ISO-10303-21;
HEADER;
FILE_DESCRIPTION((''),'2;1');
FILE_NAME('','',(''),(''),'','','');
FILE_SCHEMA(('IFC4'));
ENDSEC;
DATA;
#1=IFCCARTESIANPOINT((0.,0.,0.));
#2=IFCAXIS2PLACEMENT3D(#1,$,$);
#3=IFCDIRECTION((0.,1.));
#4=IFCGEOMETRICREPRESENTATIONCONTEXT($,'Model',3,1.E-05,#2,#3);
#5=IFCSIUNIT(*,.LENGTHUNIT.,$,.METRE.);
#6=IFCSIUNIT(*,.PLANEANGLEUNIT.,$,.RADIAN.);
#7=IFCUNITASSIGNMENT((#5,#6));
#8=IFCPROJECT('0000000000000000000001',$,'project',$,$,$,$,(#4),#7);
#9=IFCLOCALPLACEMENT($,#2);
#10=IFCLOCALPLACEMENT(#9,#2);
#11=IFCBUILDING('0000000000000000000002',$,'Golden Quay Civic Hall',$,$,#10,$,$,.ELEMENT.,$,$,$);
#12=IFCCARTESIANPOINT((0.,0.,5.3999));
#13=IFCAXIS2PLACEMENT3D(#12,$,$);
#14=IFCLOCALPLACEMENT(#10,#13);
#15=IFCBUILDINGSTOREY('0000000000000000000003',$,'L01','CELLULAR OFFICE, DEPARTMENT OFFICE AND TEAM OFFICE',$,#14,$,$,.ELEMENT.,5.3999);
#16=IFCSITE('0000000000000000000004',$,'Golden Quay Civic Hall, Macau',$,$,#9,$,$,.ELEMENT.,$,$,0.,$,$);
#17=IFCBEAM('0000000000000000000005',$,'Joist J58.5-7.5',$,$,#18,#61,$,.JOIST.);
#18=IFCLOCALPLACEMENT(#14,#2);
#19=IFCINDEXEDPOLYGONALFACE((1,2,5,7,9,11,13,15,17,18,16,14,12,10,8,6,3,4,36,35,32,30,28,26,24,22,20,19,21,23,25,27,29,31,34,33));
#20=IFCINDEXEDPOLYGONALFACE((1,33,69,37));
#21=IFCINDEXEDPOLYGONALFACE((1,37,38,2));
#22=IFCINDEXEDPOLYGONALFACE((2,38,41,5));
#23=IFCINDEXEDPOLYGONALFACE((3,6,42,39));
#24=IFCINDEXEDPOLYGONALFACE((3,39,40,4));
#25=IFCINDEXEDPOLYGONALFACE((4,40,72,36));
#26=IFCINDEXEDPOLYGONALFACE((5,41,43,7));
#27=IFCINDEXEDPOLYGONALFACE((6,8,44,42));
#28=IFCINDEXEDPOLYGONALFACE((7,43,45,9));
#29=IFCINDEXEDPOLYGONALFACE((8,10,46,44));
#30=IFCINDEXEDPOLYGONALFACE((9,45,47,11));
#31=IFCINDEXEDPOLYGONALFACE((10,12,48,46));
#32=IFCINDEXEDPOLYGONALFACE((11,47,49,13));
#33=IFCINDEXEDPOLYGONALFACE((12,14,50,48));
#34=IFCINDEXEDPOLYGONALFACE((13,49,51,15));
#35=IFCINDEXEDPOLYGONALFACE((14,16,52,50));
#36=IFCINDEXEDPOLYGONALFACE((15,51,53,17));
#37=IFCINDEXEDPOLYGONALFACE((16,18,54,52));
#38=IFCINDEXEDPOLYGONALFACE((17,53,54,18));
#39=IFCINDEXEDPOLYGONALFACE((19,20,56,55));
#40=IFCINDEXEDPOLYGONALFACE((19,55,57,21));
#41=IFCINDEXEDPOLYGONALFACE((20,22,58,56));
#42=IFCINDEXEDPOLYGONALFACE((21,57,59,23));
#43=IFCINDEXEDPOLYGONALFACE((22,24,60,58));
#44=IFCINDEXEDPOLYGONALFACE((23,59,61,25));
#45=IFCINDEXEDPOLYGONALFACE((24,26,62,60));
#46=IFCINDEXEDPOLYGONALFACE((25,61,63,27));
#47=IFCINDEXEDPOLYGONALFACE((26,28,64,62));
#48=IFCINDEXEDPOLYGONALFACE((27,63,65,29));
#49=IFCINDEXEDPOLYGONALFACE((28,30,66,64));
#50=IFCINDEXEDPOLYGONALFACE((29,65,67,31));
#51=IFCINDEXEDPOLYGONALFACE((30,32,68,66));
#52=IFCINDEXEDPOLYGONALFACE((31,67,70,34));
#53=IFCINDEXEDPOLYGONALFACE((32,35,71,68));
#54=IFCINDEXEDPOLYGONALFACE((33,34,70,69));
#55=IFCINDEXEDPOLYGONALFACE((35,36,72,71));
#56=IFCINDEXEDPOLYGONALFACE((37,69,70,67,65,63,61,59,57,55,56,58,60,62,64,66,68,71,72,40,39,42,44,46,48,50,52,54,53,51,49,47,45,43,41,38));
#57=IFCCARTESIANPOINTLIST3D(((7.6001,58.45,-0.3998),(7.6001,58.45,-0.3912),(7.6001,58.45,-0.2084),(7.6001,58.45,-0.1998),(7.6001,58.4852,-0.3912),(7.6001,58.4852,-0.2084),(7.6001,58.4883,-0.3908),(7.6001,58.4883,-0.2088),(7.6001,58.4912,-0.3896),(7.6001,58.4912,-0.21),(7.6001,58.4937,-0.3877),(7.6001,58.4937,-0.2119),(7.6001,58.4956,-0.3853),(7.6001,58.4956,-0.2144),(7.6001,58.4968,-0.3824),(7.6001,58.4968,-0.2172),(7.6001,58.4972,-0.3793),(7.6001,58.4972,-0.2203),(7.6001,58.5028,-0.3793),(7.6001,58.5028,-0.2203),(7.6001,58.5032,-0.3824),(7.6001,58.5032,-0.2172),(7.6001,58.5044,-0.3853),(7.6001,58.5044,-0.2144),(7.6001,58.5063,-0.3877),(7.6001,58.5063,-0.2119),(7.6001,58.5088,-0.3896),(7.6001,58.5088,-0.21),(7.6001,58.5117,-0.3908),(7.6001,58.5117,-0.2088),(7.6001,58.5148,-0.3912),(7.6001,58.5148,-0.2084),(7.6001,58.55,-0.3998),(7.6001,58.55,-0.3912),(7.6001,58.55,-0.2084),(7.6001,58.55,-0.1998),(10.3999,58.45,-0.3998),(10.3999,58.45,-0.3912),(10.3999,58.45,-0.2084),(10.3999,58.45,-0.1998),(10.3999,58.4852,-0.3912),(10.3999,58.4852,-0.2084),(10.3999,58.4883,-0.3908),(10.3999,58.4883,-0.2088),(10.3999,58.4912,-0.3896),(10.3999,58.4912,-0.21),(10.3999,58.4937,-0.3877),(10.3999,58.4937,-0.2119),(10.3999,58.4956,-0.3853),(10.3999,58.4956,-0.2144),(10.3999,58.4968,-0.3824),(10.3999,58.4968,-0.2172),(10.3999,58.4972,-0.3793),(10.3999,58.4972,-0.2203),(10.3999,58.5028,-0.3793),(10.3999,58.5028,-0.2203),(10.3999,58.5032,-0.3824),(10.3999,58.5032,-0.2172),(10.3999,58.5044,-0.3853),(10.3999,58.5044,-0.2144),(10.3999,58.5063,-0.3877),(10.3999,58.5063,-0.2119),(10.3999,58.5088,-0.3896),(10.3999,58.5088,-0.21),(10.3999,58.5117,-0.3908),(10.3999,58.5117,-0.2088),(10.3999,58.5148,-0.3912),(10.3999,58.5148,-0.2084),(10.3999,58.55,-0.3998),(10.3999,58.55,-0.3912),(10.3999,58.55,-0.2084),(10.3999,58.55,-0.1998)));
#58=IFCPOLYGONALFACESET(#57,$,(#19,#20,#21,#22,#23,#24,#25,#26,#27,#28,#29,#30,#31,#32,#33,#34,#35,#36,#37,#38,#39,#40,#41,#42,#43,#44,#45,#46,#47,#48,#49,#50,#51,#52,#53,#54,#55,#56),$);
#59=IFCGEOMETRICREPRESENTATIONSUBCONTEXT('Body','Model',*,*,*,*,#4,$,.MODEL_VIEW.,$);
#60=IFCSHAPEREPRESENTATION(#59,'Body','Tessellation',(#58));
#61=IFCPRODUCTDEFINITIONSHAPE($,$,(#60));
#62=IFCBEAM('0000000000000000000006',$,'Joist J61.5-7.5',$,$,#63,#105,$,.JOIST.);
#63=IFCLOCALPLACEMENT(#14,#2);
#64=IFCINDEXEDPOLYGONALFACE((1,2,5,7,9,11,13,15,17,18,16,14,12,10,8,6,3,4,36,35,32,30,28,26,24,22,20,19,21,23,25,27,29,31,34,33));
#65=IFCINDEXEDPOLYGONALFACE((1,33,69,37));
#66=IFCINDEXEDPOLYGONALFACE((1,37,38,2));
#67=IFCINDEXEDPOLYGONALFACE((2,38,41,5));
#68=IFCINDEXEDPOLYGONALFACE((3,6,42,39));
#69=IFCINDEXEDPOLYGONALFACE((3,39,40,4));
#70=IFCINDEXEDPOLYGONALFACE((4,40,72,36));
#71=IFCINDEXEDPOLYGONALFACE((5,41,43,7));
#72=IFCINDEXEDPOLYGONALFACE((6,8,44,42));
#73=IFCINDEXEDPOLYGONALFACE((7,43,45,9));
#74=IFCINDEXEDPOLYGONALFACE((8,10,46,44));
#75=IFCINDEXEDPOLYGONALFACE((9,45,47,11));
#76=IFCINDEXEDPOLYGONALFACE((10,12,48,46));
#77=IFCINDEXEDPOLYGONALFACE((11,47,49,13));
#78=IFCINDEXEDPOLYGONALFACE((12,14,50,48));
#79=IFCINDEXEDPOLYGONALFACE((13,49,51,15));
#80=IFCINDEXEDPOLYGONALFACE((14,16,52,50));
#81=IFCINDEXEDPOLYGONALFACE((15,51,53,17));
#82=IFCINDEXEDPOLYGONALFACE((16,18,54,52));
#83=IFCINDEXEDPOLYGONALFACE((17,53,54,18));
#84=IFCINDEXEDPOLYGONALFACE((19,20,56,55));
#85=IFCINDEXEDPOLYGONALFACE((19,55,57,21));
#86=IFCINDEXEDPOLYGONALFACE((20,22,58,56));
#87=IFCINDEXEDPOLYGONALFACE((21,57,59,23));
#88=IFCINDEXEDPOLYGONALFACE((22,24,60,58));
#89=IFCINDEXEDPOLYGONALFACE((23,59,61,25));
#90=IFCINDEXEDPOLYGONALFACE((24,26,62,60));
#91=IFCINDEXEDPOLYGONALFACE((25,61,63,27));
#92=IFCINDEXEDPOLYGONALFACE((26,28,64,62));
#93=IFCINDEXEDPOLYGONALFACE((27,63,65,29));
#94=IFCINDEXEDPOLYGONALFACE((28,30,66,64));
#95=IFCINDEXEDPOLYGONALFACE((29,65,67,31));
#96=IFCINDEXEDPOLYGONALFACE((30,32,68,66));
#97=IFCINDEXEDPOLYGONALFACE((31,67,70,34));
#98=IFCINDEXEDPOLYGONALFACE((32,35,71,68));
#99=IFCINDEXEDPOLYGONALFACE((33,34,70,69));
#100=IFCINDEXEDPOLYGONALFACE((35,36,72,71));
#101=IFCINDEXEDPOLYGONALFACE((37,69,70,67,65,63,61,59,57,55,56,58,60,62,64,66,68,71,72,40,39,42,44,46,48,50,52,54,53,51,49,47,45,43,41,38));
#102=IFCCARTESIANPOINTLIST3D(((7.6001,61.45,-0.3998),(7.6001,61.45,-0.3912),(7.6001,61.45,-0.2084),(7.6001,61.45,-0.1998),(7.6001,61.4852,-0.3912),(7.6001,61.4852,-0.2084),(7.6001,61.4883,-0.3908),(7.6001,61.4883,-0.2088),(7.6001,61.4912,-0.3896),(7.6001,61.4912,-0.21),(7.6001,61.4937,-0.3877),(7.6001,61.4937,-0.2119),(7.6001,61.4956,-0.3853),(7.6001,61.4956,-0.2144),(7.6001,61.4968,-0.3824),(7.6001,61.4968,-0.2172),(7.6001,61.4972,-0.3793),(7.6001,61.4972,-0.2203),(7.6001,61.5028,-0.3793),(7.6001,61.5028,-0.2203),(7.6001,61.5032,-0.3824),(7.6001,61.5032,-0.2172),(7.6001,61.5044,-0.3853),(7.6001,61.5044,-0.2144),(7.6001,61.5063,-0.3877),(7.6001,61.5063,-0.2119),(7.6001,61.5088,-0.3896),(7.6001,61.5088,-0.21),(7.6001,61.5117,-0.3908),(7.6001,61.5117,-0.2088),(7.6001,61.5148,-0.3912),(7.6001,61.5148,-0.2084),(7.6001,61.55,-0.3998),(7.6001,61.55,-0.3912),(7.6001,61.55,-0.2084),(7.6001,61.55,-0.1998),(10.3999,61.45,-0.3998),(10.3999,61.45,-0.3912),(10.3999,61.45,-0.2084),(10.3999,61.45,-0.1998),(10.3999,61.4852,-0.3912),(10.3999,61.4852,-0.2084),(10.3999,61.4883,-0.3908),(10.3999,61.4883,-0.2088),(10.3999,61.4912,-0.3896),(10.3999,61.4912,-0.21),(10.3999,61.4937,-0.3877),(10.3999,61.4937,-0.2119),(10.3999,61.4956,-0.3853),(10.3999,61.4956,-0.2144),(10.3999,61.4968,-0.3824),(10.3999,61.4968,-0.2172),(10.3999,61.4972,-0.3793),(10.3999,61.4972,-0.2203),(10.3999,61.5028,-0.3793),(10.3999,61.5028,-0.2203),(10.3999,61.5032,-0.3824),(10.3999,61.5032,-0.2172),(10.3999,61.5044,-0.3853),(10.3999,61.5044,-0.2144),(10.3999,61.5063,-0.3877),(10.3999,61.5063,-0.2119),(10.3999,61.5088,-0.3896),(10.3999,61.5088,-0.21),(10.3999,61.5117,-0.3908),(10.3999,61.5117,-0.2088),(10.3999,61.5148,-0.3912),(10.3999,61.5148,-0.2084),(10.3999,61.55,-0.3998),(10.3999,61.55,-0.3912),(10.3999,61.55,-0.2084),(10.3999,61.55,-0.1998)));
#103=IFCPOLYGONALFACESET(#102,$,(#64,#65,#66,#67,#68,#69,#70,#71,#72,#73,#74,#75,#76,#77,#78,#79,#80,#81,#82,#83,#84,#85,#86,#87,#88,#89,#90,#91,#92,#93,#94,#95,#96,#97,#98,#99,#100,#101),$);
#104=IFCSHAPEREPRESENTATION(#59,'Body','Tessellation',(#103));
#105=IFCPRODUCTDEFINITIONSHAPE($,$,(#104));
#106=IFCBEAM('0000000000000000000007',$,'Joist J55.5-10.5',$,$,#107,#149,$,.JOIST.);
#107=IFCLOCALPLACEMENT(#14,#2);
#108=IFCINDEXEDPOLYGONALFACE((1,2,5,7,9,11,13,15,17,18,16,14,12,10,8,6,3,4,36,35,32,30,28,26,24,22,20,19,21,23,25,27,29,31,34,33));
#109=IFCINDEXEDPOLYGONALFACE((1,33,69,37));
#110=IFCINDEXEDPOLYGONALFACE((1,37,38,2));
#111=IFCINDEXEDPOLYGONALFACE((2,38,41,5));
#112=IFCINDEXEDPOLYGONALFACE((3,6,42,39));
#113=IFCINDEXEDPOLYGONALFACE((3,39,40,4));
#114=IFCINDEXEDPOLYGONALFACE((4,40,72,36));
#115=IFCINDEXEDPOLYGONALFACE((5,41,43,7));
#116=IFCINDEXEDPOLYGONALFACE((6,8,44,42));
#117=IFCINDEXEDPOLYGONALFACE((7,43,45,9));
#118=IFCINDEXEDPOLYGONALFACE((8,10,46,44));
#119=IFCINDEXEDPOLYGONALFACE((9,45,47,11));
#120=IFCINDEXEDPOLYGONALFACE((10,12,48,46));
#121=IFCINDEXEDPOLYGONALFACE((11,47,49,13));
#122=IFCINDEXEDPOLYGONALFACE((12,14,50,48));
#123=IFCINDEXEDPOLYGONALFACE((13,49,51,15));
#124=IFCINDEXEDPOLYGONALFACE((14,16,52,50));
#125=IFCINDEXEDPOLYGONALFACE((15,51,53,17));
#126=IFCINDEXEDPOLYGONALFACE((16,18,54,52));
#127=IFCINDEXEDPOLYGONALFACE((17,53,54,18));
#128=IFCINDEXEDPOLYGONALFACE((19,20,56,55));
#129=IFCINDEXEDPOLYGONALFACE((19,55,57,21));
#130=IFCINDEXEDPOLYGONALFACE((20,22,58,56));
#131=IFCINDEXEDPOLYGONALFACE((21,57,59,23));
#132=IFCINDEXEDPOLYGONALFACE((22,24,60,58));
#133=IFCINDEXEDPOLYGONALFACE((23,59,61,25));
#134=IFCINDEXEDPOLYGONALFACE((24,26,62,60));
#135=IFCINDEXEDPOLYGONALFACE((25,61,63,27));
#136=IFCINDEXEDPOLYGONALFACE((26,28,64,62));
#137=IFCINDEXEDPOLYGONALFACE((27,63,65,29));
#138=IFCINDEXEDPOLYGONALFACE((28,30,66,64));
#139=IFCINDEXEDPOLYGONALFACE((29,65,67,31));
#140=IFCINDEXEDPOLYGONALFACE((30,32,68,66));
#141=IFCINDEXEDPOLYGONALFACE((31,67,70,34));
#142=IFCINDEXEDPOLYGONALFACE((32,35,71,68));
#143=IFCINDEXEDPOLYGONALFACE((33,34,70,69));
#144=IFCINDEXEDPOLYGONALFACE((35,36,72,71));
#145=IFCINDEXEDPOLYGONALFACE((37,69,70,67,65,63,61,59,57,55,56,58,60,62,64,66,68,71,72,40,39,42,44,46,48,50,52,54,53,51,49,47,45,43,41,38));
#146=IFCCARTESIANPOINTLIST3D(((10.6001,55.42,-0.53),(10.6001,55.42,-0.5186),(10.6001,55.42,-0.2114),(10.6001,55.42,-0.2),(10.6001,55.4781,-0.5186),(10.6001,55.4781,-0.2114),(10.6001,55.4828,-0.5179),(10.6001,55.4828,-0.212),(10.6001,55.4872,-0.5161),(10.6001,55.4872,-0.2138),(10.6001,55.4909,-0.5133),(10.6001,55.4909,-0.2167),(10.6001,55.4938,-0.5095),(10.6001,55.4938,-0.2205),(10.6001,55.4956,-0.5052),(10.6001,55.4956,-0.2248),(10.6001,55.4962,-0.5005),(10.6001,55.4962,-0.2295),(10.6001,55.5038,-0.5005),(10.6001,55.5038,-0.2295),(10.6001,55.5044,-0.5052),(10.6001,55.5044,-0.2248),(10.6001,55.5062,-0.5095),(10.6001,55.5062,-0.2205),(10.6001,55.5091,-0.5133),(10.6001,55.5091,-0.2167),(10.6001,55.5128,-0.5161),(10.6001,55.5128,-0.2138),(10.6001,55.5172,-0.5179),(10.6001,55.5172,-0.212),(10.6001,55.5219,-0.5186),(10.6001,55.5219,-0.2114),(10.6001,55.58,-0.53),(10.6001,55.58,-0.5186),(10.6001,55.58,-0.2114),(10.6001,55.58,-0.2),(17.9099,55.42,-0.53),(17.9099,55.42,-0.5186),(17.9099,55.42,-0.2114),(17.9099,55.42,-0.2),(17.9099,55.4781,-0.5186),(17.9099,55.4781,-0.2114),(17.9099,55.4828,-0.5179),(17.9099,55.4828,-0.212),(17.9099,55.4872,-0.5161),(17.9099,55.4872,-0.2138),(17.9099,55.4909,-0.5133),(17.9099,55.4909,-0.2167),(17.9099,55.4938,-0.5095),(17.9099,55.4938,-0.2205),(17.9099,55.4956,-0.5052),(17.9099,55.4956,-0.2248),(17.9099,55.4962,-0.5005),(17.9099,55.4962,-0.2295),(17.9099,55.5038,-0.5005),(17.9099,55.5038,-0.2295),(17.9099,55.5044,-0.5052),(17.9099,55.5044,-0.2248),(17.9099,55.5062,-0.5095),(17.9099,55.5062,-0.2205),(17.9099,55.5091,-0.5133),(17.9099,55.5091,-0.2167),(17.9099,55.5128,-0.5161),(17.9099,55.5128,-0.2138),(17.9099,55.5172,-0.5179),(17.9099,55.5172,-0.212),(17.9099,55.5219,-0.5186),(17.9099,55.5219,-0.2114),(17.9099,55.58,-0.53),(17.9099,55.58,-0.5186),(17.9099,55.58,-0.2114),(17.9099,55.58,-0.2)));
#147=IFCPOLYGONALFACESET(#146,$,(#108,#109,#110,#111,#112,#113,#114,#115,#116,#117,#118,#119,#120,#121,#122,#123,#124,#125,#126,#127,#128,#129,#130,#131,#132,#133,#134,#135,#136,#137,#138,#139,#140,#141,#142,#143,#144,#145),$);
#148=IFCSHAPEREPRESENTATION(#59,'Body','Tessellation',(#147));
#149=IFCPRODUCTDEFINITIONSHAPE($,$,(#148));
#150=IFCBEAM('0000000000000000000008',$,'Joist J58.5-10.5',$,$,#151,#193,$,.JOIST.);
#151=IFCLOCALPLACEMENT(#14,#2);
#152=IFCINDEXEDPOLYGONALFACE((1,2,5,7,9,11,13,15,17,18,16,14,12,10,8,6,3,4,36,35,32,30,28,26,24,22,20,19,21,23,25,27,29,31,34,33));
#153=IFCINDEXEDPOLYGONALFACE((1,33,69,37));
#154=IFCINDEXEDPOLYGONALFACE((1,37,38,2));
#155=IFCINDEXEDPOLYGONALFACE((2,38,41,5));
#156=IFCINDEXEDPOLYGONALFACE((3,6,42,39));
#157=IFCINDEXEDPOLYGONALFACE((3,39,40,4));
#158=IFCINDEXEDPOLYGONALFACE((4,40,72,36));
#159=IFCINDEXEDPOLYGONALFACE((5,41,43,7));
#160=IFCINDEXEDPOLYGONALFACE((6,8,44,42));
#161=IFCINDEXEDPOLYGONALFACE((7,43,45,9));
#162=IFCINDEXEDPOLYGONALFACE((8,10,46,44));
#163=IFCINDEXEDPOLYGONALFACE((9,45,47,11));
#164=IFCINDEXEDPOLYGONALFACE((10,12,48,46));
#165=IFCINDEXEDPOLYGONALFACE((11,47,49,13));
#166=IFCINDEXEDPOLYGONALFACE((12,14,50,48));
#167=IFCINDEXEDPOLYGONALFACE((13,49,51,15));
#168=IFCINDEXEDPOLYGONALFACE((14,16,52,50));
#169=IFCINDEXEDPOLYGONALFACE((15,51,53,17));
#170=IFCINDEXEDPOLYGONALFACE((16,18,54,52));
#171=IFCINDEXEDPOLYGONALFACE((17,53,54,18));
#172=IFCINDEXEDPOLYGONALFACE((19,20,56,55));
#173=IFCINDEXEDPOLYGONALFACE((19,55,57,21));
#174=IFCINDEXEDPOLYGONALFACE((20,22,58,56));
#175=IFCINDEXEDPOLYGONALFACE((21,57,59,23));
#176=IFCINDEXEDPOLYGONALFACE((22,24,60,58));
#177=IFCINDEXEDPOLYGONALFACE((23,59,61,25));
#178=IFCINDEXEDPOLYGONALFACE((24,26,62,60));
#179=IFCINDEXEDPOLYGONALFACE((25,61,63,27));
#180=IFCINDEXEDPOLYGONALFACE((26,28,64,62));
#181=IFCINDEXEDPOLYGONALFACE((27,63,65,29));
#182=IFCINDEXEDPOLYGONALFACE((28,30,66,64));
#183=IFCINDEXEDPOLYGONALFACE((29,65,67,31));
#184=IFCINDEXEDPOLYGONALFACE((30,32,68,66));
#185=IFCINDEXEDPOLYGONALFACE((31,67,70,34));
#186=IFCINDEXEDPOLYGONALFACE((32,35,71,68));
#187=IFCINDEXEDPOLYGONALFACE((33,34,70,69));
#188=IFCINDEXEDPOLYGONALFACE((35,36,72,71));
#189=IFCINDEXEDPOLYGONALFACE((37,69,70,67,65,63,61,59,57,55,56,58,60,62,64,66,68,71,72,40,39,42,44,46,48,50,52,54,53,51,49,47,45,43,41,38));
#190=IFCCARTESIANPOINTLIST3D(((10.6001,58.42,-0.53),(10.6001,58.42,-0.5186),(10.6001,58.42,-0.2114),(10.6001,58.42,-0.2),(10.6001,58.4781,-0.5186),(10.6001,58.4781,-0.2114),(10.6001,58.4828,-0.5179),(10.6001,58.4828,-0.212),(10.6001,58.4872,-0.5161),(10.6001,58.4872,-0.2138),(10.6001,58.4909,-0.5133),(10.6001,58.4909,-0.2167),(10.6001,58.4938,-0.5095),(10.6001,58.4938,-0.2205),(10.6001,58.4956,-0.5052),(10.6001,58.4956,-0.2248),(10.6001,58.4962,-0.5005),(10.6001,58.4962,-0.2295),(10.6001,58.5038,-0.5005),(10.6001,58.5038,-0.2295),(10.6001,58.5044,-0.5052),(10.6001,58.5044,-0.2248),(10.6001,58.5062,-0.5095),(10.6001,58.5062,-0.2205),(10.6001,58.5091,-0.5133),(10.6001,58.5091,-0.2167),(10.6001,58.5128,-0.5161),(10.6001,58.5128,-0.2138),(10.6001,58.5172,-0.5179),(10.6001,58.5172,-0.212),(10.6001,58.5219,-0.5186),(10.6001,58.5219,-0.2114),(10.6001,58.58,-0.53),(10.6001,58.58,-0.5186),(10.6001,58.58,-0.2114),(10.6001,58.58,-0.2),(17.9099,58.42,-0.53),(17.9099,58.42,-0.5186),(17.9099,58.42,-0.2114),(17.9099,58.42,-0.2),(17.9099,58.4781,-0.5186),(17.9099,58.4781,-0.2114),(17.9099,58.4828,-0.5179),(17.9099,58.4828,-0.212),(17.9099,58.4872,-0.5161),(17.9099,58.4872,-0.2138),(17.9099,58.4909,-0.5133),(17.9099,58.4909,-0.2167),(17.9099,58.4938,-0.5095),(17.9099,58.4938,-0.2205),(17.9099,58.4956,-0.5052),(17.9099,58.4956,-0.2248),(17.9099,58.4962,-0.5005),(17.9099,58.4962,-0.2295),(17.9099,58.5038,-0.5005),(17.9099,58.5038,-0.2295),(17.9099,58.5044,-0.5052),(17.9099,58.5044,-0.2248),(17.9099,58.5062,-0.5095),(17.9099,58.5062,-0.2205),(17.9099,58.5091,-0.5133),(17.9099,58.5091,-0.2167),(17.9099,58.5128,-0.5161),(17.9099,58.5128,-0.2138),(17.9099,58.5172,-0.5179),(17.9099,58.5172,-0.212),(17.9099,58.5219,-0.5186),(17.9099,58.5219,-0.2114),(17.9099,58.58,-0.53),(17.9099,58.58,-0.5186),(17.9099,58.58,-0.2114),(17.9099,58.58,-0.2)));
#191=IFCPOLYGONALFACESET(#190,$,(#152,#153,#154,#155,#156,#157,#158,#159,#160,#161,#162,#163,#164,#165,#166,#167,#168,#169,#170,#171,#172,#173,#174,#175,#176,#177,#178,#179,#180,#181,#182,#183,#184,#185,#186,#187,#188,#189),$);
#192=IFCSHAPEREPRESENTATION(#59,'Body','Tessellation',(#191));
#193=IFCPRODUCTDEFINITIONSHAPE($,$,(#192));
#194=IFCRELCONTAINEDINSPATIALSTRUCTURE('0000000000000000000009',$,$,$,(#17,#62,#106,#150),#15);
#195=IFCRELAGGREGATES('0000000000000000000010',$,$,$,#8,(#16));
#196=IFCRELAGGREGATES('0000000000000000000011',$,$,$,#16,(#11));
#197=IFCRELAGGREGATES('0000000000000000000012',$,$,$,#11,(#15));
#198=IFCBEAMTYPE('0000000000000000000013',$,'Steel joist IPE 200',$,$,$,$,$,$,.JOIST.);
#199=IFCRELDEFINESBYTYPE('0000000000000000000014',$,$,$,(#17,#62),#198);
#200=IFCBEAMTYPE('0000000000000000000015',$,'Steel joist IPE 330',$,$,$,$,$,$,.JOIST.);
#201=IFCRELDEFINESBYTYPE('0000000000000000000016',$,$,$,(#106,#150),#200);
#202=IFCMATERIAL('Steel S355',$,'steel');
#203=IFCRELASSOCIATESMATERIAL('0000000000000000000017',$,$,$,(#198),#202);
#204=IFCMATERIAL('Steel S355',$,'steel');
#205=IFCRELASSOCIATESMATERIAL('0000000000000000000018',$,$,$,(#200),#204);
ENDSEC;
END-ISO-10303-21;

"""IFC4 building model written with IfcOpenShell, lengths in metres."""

from ifc_helpers import new_model, si_unit, direction, frame, origin, origin_2d, place, context, subcontext, project, spatial, i_section, extrude, material, material_profile, profile_set, type_object, element, save


model = new_model("IFC4")

# Units and contexts
model_context = context("Model", 3, precision=1e-05, world=origin(), true_north=direction((0.0, 1.0)))
body_context = subcontext(model_context, "Body", "Model", "MODEL_VIEW")
ifc_project = project(units=[si_unit("LENGTHUNIT", "METRE"), si_unit("PLANEANGLEUNIT", "RADIAN")], contexts=[model_context])

# Site, building, storey
site_placement = place(None, origin())
site = spatial("IfcSite", under=ifc_project, at=site_placement, Name="Golden Quay Civic Hall, Macau", CompositionType="ELEMENT", RefElevation=0.0)
building_placement = place(site_placement, origin())
building = spatial("IfcBuilding", under=site, at=building_placement, Name="Golden Quay Civic Hall", CompositionType="ELEMENT")
storey_placement = place(building_placement, frame((0.0, 0.0, 5.3999)))
storey = spatial("IfcBuildingStorey", under=building, at=storey_placement, Name="L01", Description="CELLULAR OFFICE, DEPARTMENT OFFICE AND TEAM OFFICE", CompositionType="ELEMENT", Elevation=5.3999)

# Beams
ifc_material_1 = material(Name="Steel S355", Category="steel")
ifc_material_profile_1 = material_profile(ifc_material_1, i_section(OverallWidth=0.1001, OverallDepth=0.2, WebThickness=0.0056, FlangeThickness=0.0085, FilletRadius=0.012, at=origin_2d()), Name="IPE 200")
ifc_profile_set_1 = profile_set([ifc_material_profile_1], Name="Steel S355")
beam_type_1 = type_object("IfcBeamType", Name="Steel joist IPE 200", PredefinedType="JOIST", material=ifc_profile_set_1)
for number, where, z_axis, x_axis, name in (
    (1, (7.6001, 58.5, -0.2998), (1.0, 0.0, 0.0), (0.0, 1.0, 0.0), "Joist J58.5-7.5"),
    (2, (7.6001, 61.5, -0.2998), (1.0, 0.0, 0.0), (0.0, 1.0, 0.0), "Joist J61.5-7.5"),
):
    element("IfcBeam", number, at=place(storey_placement, frame(where, z_axis=z_axis, x_axis=x_axis)), inside=storey, type_object=beam_type_1, Name=name, PredefinedType="JOIST", context=body_context, shape_type="SweptSolid", body=[
        extrude(i_section(OverallWidth=0.1001, OverallDepth=0.2, WebThickness=0.0056, FlangeThickness=0.0085, FilletRadius=0.012, at=origin_2d()), origin(), (0.0, 0.0, 1.0), 2.7998),
    ])
ifc_material_2 = material(Name="Steel S355", Category="steel")
ifc_material_profile_2 = material_profile(ifc_material_2, i_section(OverallWidth=0.1599, OverallDepth=0.3301, WebThickness=0.0076, FlangeThickness=0.0115, FilletRadius=0.0181, at=origin_2d()), Name="IPE 330")
ifc_profile_set_2 = profile_set([ifc_material_profile_2], Name="Steel S355")
beam_type_2 = type_object("IfcBeamType", Name="Steel joist IPE 330", PredefinedType="JOIST", material=ifc_profile_set_2)
for number, where, z_axis, x_axis, name in (
    (3, (10.6001, 55.5, -0.365), (1.0, 0.0, 0.0), (0.0, 1.0, 0.0), "Joist J55.5-10.5"),
    (4, (10.6001, 58.5, -0.365), (1.0, 0.0, 0.0), (0.0, 1.0, 0.0), "Joist J58.5-10.5"),
):
    element("IfcBeam", number, at=place(storey_placement, frame(where, z_axis=z_axis, x_axis=x_axis)), inside=storey, type_object=beam_type_2, Name=name, PredefinedType="JOIST", context=body_context, shape_type="SweptSolid", body=[
        extrude(i_section(OverallWidth=0.1599, OverallDepth=0.3301, WebThickness=0.0076, FlangeThickness=0.0115, FilletRadius=0.0181, at=origin_2d()), origin(), (0.0, 0.0, 1.0), 7.3098),
    ])

save(model, "model.ifc")
